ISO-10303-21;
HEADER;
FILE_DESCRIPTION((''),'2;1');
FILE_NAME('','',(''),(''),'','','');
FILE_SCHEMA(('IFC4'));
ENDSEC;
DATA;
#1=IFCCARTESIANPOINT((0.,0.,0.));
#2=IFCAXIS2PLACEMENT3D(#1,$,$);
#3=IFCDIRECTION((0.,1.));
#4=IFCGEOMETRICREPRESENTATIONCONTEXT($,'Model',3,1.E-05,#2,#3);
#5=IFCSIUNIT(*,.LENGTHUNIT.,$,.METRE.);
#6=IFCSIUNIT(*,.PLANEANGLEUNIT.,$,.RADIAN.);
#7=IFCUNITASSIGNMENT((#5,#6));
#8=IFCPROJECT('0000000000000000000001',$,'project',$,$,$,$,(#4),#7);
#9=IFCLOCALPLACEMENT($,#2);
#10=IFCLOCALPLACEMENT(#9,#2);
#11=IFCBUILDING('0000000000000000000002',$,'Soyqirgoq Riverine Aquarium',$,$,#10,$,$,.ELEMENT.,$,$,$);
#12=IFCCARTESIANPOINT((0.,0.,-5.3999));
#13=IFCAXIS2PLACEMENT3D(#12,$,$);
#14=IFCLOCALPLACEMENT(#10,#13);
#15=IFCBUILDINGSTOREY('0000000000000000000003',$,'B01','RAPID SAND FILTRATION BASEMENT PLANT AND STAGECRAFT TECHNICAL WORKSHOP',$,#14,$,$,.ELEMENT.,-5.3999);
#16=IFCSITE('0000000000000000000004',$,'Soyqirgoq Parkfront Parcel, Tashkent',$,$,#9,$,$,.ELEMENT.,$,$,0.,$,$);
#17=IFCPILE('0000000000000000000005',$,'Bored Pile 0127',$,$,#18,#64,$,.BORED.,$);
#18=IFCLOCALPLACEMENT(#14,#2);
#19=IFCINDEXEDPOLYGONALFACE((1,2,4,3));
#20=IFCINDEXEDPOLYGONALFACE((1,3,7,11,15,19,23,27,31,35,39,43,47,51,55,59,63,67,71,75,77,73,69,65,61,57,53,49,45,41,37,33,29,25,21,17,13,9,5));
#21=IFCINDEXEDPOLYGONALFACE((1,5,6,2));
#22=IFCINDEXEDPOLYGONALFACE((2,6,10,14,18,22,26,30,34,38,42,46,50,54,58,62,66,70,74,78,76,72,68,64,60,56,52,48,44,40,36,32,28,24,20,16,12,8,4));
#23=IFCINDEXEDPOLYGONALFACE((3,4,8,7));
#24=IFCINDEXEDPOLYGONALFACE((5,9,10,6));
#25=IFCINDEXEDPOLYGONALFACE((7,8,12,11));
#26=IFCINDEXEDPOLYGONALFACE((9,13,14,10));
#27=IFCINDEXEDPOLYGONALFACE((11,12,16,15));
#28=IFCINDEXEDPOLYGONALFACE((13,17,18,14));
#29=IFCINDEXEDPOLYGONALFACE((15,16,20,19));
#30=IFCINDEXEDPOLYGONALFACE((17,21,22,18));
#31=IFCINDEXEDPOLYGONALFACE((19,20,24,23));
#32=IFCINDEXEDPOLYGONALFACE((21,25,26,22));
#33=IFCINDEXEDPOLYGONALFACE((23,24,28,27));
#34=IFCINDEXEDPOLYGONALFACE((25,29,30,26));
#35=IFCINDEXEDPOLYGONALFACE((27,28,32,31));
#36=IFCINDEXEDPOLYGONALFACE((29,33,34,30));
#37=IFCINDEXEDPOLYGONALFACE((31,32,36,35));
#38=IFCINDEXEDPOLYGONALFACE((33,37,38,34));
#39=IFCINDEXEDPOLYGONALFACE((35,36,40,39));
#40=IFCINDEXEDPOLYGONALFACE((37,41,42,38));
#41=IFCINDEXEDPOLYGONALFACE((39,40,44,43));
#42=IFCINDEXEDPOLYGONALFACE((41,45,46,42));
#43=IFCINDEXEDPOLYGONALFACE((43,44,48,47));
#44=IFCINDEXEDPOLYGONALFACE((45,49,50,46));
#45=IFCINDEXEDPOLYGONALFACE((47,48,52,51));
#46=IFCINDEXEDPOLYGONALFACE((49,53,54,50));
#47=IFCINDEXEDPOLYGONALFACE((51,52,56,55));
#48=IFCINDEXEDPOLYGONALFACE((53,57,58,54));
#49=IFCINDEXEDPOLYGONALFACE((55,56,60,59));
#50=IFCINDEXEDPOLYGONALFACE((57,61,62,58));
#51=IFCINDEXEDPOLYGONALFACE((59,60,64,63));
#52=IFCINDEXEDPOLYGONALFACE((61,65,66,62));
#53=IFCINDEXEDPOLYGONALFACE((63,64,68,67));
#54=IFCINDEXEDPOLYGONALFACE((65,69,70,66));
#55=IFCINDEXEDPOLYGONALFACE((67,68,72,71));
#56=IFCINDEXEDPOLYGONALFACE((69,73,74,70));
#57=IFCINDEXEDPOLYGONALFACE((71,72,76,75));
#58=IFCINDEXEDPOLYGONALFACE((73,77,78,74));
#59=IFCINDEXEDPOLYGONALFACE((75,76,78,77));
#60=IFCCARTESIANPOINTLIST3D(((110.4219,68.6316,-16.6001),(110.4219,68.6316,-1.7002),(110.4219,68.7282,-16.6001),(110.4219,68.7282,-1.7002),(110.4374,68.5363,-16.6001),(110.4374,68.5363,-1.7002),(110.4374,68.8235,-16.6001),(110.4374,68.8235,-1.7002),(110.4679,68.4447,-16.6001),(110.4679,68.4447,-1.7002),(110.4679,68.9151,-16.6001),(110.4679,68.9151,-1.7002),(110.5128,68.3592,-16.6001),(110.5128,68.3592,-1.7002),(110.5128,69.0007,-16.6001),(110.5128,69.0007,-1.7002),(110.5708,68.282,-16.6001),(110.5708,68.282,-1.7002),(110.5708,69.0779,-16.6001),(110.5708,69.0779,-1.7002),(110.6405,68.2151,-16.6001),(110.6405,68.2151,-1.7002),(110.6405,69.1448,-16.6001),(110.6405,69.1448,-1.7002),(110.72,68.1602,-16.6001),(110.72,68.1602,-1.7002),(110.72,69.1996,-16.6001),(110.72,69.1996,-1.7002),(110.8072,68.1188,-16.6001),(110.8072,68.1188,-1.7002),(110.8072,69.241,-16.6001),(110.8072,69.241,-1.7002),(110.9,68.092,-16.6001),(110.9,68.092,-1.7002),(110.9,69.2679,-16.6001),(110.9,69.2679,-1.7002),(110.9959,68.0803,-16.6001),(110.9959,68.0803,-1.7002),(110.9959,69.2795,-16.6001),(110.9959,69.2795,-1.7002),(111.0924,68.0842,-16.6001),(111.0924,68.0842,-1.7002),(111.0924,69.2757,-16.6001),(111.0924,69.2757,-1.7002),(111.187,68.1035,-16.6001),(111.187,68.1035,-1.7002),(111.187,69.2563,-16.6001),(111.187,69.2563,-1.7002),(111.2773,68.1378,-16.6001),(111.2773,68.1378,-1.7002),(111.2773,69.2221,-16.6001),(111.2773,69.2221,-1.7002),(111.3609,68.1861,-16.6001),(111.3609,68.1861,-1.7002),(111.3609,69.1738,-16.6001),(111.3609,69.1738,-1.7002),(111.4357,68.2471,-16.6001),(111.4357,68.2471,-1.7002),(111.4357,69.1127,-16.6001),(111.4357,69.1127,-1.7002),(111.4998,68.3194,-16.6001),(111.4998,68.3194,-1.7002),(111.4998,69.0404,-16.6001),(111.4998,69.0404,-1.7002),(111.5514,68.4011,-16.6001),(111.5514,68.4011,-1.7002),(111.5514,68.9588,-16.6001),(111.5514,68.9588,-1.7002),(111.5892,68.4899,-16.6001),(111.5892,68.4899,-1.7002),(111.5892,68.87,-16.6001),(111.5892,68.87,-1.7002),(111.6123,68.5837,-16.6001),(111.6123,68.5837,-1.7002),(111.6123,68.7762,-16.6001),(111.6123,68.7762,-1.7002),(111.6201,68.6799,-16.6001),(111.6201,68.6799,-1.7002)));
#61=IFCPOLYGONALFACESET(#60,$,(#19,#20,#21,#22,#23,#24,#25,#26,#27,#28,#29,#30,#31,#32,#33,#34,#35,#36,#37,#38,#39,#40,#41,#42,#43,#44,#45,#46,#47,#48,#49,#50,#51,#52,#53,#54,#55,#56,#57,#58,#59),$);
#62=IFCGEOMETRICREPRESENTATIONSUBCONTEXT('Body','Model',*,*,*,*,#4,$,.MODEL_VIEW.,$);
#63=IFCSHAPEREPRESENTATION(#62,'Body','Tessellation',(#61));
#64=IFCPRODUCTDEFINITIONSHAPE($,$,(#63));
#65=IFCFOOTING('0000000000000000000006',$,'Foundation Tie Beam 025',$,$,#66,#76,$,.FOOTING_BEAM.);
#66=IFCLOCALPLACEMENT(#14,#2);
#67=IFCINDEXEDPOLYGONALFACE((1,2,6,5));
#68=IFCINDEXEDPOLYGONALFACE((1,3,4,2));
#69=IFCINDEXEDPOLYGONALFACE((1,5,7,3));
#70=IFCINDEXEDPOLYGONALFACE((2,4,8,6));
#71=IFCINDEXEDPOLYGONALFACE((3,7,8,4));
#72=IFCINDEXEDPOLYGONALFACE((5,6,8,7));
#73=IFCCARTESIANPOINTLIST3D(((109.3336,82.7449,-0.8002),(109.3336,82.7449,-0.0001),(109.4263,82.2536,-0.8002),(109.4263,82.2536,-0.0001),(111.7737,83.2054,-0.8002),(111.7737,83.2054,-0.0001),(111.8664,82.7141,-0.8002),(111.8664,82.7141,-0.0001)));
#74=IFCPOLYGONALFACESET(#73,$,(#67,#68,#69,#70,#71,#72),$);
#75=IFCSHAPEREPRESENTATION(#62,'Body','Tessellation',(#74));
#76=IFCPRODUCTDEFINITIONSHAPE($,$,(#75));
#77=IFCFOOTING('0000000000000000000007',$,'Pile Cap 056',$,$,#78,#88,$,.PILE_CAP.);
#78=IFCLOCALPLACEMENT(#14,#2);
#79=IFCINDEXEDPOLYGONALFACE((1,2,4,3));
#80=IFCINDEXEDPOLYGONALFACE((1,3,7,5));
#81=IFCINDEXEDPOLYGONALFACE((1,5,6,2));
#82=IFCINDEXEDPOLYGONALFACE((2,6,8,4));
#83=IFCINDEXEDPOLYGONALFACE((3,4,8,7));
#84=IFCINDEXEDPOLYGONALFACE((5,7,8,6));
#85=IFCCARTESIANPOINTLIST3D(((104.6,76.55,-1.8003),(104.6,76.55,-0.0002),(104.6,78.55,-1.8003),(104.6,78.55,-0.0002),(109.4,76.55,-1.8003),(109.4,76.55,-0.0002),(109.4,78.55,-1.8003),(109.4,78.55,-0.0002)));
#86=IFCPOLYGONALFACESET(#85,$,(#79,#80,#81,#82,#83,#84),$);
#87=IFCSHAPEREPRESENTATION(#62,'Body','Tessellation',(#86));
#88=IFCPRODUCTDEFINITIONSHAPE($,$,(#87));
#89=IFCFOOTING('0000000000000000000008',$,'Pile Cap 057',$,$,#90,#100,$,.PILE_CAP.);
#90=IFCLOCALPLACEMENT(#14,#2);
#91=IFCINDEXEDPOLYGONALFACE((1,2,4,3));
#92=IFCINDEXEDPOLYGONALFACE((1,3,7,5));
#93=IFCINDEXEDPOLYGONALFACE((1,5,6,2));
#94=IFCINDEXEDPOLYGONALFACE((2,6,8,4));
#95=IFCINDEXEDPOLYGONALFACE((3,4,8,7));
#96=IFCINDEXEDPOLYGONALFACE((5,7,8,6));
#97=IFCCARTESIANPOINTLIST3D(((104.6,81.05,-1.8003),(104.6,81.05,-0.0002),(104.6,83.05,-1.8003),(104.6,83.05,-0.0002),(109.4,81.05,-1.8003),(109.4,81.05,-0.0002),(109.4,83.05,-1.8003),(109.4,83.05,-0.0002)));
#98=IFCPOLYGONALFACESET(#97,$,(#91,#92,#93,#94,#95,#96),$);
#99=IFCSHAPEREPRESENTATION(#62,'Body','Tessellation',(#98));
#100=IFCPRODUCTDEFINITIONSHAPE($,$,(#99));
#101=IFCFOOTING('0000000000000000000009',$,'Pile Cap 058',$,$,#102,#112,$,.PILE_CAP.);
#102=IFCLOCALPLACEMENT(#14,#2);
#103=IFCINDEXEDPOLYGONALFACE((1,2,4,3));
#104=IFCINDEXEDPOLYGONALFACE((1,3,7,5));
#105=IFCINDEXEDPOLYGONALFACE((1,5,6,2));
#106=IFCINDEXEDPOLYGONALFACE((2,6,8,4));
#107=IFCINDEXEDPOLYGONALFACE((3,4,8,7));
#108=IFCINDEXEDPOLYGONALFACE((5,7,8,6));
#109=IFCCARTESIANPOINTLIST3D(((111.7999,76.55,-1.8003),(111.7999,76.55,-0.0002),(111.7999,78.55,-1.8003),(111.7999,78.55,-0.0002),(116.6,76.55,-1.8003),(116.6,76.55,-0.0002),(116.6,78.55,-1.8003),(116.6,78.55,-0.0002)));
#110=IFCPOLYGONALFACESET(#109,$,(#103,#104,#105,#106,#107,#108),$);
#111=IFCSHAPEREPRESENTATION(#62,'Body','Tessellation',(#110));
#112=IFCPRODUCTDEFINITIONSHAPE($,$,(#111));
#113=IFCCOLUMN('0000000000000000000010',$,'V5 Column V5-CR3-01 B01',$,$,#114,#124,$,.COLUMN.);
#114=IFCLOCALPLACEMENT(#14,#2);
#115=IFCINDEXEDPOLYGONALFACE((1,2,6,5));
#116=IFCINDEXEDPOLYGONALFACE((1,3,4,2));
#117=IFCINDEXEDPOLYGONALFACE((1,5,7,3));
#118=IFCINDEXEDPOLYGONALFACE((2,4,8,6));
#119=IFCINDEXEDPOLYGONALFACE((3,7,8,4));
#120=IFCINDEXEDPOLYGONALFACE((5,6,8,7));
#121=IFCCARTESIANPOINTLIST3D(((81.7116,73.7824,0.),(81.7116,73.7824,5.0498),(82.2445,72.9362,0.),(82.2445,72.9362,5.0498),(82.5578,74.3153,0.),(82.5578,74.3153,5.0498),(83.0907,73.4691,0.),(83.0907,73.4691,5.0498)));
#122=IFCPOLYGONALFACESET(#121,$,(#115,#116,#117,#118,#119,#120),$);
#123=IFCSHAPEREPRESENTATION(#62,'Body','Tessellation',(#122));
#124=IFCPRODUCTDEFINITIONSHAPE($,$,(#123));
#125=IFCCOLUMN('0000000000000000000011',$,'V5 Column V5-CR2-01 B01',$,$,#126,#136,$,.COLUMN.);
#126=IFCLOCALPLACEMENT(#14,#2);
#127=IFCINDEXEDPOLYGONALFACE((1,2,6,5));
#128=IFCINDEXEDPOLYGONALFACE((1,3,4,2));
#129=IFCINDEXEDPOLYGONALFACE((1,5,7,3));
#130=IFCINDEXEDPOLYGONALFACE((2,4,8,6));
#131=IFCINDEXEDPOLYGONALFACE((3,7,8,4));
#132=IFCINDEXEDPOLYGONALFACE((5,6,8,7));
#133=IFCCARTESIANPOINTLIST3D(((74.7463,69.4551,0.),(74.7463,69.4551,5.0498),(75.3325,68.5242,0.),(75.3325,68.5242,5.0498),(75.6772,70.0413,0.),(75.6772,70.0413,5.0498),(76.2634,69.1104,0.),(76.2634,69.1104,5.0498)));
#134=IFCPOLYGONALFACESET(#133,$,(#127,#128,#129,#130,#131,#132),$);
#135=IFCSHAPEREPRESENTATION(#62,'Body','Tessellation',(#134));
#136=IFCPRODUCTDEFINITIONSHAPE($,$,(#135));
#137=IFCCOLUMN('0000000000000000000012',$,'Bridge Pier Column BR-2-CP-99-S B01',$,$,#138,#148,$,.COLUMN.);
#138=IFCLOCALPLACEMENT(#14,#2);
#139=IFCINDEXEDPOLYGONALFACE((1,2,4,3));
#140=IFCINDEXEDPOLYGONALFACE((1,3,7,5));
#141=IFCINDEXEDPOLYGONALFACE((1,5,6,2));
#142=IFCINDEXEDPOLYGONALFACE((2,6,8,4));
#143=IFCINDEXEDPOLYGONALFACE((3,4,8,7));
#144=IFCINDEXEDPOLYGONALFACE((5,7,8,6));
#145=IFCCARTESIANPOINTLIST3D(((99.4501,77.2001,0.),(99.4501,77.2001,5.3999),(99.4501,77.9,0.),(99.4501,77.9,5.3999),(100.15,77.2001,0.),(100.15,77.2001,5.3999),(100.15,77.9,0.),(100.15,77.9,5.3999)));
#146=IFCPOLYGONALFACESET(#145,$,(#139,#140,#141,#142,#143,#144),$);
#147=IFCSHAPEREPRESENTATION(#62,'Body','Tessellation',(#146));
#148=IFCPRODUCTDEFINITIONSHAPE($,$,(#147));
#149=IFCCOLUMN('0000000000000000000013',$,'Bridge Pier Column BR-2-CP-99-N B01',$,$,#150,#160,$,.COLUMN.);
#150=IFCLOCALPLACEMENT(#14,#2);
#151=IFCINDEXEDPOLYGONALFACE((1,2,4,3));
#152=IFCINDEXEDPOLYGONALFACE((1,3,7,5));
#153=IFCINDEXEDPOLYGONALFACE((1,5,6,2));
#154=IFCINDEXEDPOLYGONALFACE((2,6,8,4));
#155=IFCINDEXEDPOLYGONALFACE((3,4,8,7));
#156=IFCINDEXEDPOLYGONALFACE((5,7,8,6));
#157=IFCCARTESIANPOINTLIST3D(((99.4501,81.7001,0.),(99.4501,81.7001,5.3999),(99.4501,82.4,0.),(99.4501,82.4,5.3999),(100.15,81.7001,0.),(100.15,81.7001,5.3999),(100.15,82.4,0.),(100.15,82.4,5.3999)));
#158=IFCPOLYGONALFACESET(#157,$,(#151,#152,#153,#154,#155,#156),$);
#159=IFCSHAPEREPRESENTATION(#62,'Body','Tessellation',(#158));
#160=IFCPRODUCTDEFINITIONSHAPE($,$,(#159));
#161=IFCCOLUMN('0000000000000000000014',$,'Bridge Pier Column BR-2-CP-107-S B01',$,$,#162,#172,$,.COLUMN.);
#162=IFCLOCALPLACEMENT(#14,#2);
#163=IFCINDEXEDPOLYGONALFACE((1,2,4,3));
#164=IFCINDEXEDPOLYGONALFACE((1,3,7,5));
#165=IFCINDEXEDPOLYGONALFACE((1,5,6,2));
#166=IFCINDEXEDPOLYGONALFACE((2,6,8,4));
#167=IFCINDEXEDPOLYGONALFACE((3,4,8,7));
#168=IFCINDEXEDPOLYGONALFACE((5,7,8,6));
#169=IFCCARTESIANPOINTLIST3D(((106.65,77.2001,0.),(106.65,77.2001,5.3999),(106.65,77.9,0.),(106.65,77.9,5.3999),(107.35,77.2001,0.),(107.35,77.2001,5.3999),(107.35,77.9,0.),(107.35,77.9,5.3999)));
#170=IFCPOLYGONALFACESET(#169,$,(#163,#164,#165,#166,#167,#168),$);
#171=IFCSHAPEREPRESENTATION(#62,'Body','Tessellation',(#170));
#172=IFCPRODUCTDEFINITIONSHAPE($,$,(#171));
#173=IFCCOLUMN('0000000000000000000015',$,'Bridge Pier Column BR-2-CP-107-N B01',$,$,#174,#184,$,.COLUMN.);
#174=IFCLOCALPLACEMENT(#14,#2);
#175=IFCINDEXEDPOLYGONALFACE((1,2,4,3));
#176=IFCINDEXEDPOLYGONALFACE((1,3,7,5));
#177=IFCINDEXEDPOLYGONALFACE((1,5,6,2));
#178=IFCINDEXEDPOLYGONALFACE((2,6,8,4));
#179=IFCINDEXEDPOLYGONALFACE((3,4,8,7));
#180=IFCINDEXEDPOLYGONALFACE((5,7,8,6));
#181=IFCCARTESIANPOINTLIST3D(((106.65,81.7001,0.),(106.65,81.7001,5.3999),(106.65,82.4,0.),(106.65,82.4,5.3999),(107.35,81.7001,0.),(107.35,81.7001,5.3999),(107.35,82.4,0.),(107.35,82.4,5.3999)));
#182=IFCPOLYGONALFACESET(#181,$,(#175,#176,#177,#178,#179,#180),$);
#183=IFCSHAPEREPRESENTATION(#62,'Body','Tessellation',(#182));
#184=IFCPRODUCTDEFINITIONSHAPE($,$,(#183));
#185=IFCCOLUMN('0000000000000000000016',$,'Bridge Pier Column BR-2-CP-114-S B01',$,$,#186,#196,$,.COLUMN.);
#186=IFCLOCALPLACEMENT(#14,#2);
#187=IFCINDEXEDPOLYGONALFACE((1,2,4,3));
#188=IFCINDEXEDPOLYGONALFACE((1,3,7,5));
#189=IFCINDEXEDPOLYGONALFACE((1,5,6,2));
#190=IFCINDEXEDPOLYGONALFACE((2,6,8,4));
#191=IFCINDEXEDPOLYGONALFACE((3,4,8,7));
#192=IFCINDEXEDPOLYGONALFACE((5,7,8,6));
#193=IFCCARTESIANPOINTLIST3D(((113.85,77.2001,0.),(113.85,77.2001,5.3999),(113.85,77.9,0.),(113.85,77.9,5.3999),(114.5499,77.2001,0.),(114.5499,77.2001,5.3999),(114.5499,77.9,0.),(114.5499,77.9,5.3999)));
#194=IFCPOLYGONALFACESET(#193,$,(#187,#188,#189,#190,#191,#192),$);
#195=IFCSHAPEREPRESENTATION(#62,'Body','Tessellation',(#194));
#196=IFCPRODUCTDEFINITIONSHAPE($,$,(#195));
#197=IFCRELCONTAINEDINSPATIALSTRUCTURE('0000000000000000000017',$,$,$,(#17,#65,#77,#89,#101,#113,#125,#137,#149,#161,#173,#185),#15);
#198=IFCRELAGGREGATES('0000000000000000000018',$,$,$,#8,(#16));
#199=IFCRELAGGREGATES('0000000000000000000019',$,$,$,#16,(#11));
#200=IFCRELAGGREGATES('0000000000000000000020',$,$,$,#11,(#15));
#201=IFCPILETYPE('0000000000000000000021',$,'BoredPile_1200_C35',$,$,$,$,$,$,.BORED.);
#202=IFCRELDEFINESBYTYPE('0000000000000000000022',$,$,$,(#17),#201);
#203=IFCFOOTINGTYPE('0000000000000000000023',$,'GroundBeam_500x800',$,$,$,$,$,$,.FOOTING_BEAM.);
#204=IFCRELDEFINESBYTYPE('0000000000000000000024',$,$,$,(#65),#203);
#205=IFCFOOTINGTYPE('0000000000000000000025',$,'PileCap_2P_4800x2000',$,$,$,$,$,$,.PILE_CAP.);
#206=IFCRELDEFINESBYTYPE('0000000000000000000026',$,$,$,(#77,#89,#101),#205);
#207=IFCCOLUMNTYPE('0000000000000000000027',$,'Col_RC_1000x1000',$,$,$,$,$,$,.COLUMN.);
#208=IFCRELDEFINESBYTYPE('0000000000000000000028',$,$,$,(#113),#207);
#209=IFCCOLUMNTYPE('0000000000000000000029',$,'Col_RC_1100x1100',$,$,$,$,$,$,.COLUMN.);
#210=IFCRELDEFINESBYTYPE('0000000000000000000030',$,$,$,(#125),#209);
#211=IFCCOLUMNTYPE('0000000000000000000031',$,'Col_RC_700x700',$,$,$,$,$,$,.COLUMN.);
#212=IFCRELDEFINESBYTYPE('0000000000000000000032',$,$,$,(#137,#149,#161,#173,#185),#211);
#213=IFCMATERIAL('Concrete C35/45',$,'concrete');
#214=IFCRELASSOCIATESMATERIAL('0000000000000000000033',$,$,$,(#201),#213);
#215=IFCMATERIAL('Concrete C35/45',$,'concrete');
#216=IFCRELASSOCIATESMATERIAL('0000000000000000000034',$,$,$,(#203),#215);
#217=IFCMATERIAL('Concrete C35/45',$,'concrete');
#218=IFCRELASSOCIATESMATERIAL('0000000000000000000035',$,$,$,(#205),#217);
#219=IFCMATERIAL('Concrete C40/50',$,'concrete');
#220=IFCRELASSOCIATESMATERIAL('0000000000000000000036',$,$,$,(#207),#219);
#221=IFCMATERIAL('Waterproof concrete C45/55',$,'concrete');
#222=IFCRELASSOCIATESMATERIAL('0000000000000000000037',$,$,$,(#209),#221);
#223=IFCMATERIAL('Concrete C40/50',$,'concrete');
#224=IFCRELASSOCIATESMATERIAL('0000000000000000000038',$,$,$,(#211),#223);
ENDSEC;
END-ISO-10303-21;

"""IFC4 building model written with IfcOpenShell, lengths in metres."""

from ifc_helpers import new_model, si_unit, direction, frame, origin, origin_2d, place, context, subcontext, project, spatial, rectangle, circle, extrude, material, material_profile, profile_set, type_object, element, save


model = new_model("IFC4")

# Units and contexts
model_context = context("Model", 3, precision=1e-05, world=origin(), true_north=direction((0.0, 1.0)))
body_context = subcontext(model_context, "Body", "Model", "MODEL_VIEW")
ifc_project = project(units=[si_unit("LENGTHUNIT", "METRE"), si_unit("PLANEANGLEUNIT", "RADIAN")], contexts=[model_context])

# Site, building, storey
site_placement = place(None, origin())
site = spatial("IfcSite", under=ifc_project, at=site_placement, Name="Soyqirgoq Parkfront Parcel, Tashkent", CompositionType="ELEMENT", RefElevation=0.0)
building_placement = place(site_placement, origin())
building = spatial("IfcBuilding", under=site, at=building_placement, Name="Soyqirgoq Riverine Aquarium", CompositionType="ELEMENT")
storey_placement = place(building_placement, frame((0.0, 0.0, -5.3999)))
storey = spatial("IfcBuildingStorey", under=building, at=storey_placement, Name="B01", Description="RAPID SAND FILTRATION BASEMENT PLANT AND STAGECRAFT TECHNICAL WORKSHOP", CompositionType="ELEMENT", Elevation=-5.3999)

# Pile
ifc_material_1 = material(Name="Concrete C35/45", Category="concrete")
ifc_material_profile_1 = material_profile(ifc_material_1, circle(Radius=0.6001, at=origin_2d()), Name="BP D1200")
ifc_profile_set_1 = profile_set([ifc_material_profile_1], Name="Concrete C35/45")
pile_type_1 = type_object("IfcPileType", Name="BoredPile_1200_C35", PredefinedType="BORED", material=ifc_profile_set_1)
for number, where, z_axis, x_axis, name in (
    (1, (111.02, 68.6799, -1.7002), (0.0, 0.0, -1.0), (1.0, 0.0, 0.0), "Bored Pile 0127"),
):
    element("IfcPile", number, at=place(storey_placement, frame(where, z_axis=z_axis, x_axis=x_axis)), inside=storey, type_object=pile_type_1, Name=name, PredefinedType="BORED", context=body_context, shape_type="SweptSolid", body=[
        extrude(circle(Radius=0.6001, at=origin_2d()), origin(), (0.0, 0.0, 1.0), 14.8999),
    ])

# Footings
ifc_material_2 = material(Name="Concrete C35/45", Category="concrete")
ifc_material_profile_2 = material_profile(ifc_material_2, rectangle(XDim=0.5, YDim=0.8, at=origin_2d()), Name="RC 500x800")
ifc_profile_set_2 = profile_set([ifc_material_profile_2], Name="Concrete C35/45")
footing_type_1 = type_object("IfcFootingType", Name="GroundBeam_500x800", PredefinedType="FOOTING_BEAM", material=ifc_profile_set_2)
footing_placement = place(storey_placement, frame((111.8201, 82.9597, -0.4001), z_axis=(-0.982659, -0.185422, 0.0), x_axis=(0.185422, -0.982659, 0.0)))
element("IfcFooting", 2, at=footing_placement, inside=storey, type_object=footing_type_1, Name="Foundation Tie Beam 025", PredefinedType="FOOTING_BEAM", context=body_context, shape_type="SweptSolid", body=[
    extrude(rectangle(XDim=0.5, YDim=0.8, at=origin_2d()), origin(), (0.0, 0.0, 1.0), 2.4832),
])
ifc_material_3 = material(Name="Concrete C35/45", Category="concrete")
footing_type_2 = type_object("IfcFootingType", Name="PileCap_2P_4800x2000", PredefinedType="PILE_CAP", material=ifc_material_3)
for number, where, z_axis, x_axis, name in (
    (3, (107.0, 77.55, -1.8003), (0.0, 0.0, 1.0), (1.0, 0.0, 0.0), "Pile Cap 056"),
    (4, (107.0, 82.05, -1.8003), (0.0, 0.0, 1.0), (1.0, 0.0, 0.0), "Pile Cap 057"),
    (5, (114.2, 77.55, -1.8003), (0.0, 0.0, 1.0), (1.0, 0.0, 0.0), "Pile Cap 058"),
):
    element("IfcFooting", number, at=place(storey_placement, frame(where, z_axis=z_axis, x_axis=x_axis)), inside=storey, type_object=footing_type_2, Name=name, PredefinedType="PILE_CAP", context=body_context, shape_type="SweptSolid", body=[
        extrude(rectangle(XDim=4.8, YDim=2.0, at=origin_2d()), origin(), (0.0, 0.0, 1.0), 1.8),
    ])

# Columns
ifc_material_4 = material(Name="Concrete C40/50", Category="concrete")
ifc_material_profile_3 = material_profile(ifc_material_4, rectangle(XDim=1.0, YDim=1.0, at=origin_2d()), Name="RC 1000x1000")
ifc_profile_set_3 = profile_set([ifc_material_profile_3], Name="Concrete C40/50")
column_type_1 = type_object("IfcColumnType", Name="Col_RC_1000x1000", PredefinedType="COLUMN", material=ifc_profile_set_3)
column_1_placement = place(storey_placement, frame((82.4011, 73.6257, 0.0), z_axis=(0.0, 0.0, 1.0), x_axis=(0.846193, 0.532876, 0.0)))
element("IfcColumn", 6, at=column_1_placement, inside=storey, type_object=column_type_1, Name="V5 Column V5-CR3-01 B01", PredefinedType="COLUMN", context=body_context, shape_type="SweptSolid", body=[
    extrude(rectangle(XDim=1.0, YDim=1.0, at=origin_2d()), origin(), (0.0, 0.0, 1.0), 5.0498),
])
ifc_material_5 = material(Name="Waterproof concrete C45/55", Category="concrete")
ifc_material_profile_4 = material_profile(ifc_material_5, rectangle(XDim=1.1001, YDim=1.1001, at=origin_2d()), Name="RC 1100x1100")
ifc_profile_set_4 = profile_set([ifc_material_profile_4], Name="Waterproof concrete C45/55")
column_type_2 = type_object("IfcColumnType", Name="Col_RC_1100x1100", PredefinedType="COLUMN", material=ifc_profile_set_4)
column_2_placement = place(storey_placement, frame((75.5049, 69.2827, 0.0), z_axis=(0.0, 0.0, 1.0), x_axis=(0.846193, 0.532876, 0.0)))
element("IfcColumn", 7, at=column_2_placement, inside=storey, type_object=column_type_2, Name="V5 Column V5-CR2-01 B01", PredefinedType="COLUMN", context=body_context, shape_type="SweptSolid", body=[
    extrude(rectangle(XDim=1.1001, YDim=1.1001, at=origin_2d()), origin(), (0.0, 0.0, 1.0), 5.0498),
])
ifc_material_6 = material(Name="Concrete C40/50", Category="concrete")
ifc_material_profile_5 = material_profile(ifc_material_6, rectangle(XDim=0.7, YDim=0.7, at=origin_2d()), Name="RC 700x700")
ifc_profile_set_5 = profile_set([ifc_material_profile_5], Name="Concrete C40/50")
column_type_3 = type_object("IfcColumnType", Name="Col_RC_700x700", PredefinedType="COLUMN", material=ifc_profile_set_5)
for number, where, z_axis, x_axis, name in (
    (8, (99.8, 77.55, 0.0), (0.0, 0.0, 1.0), (1.0, 0.0, 0.0), "Bridge Pier Column BR-2-CP-99-S B01"),
    (9, (99.8, 82.05, 0.0), (0.0, 0.0, 1.0), (1.0, 0.0, 0.0), "Bridge Pier Column BR-2-CP-99-N B01"),
    (10, (107.0, 77.55, 0.0), (0.0, 0.0, 1.0), (1.0, 0.0, 0.0), "Bridge Pier Column BR-2-CP-107-S B01"),
    (11, (107.0, 82.05, 0.0), (0.0, 0.0, 1.0), (1.0, 0.0, 0.0), "Bridge Pier Column BR-2-CP-107-N B01"),
    (12, (114.2, 77.55, 0.0), (0.0, 0.0, 1.0), (1.0, 0.0, 0.0), "Bridge Pier Column BR-2-CP-114-S B01"),
):
    element("IfcColumn", number, at=place(storey_placement, frame(where, z_axis=z_axis, x_axis=x_axis)), inside=storey, type_object=column_type_3, Name=name, PredefinedType="COLUMN", context=body_context, shape_type="SweptSolid", body=[
        extrude(rectangle(XDim=0.7, YDim=0.7, at=origin_2d()), origin(), (0.0, 0.0, 1.0), 5.3999),
    ])

save(model, "model.ifc")
